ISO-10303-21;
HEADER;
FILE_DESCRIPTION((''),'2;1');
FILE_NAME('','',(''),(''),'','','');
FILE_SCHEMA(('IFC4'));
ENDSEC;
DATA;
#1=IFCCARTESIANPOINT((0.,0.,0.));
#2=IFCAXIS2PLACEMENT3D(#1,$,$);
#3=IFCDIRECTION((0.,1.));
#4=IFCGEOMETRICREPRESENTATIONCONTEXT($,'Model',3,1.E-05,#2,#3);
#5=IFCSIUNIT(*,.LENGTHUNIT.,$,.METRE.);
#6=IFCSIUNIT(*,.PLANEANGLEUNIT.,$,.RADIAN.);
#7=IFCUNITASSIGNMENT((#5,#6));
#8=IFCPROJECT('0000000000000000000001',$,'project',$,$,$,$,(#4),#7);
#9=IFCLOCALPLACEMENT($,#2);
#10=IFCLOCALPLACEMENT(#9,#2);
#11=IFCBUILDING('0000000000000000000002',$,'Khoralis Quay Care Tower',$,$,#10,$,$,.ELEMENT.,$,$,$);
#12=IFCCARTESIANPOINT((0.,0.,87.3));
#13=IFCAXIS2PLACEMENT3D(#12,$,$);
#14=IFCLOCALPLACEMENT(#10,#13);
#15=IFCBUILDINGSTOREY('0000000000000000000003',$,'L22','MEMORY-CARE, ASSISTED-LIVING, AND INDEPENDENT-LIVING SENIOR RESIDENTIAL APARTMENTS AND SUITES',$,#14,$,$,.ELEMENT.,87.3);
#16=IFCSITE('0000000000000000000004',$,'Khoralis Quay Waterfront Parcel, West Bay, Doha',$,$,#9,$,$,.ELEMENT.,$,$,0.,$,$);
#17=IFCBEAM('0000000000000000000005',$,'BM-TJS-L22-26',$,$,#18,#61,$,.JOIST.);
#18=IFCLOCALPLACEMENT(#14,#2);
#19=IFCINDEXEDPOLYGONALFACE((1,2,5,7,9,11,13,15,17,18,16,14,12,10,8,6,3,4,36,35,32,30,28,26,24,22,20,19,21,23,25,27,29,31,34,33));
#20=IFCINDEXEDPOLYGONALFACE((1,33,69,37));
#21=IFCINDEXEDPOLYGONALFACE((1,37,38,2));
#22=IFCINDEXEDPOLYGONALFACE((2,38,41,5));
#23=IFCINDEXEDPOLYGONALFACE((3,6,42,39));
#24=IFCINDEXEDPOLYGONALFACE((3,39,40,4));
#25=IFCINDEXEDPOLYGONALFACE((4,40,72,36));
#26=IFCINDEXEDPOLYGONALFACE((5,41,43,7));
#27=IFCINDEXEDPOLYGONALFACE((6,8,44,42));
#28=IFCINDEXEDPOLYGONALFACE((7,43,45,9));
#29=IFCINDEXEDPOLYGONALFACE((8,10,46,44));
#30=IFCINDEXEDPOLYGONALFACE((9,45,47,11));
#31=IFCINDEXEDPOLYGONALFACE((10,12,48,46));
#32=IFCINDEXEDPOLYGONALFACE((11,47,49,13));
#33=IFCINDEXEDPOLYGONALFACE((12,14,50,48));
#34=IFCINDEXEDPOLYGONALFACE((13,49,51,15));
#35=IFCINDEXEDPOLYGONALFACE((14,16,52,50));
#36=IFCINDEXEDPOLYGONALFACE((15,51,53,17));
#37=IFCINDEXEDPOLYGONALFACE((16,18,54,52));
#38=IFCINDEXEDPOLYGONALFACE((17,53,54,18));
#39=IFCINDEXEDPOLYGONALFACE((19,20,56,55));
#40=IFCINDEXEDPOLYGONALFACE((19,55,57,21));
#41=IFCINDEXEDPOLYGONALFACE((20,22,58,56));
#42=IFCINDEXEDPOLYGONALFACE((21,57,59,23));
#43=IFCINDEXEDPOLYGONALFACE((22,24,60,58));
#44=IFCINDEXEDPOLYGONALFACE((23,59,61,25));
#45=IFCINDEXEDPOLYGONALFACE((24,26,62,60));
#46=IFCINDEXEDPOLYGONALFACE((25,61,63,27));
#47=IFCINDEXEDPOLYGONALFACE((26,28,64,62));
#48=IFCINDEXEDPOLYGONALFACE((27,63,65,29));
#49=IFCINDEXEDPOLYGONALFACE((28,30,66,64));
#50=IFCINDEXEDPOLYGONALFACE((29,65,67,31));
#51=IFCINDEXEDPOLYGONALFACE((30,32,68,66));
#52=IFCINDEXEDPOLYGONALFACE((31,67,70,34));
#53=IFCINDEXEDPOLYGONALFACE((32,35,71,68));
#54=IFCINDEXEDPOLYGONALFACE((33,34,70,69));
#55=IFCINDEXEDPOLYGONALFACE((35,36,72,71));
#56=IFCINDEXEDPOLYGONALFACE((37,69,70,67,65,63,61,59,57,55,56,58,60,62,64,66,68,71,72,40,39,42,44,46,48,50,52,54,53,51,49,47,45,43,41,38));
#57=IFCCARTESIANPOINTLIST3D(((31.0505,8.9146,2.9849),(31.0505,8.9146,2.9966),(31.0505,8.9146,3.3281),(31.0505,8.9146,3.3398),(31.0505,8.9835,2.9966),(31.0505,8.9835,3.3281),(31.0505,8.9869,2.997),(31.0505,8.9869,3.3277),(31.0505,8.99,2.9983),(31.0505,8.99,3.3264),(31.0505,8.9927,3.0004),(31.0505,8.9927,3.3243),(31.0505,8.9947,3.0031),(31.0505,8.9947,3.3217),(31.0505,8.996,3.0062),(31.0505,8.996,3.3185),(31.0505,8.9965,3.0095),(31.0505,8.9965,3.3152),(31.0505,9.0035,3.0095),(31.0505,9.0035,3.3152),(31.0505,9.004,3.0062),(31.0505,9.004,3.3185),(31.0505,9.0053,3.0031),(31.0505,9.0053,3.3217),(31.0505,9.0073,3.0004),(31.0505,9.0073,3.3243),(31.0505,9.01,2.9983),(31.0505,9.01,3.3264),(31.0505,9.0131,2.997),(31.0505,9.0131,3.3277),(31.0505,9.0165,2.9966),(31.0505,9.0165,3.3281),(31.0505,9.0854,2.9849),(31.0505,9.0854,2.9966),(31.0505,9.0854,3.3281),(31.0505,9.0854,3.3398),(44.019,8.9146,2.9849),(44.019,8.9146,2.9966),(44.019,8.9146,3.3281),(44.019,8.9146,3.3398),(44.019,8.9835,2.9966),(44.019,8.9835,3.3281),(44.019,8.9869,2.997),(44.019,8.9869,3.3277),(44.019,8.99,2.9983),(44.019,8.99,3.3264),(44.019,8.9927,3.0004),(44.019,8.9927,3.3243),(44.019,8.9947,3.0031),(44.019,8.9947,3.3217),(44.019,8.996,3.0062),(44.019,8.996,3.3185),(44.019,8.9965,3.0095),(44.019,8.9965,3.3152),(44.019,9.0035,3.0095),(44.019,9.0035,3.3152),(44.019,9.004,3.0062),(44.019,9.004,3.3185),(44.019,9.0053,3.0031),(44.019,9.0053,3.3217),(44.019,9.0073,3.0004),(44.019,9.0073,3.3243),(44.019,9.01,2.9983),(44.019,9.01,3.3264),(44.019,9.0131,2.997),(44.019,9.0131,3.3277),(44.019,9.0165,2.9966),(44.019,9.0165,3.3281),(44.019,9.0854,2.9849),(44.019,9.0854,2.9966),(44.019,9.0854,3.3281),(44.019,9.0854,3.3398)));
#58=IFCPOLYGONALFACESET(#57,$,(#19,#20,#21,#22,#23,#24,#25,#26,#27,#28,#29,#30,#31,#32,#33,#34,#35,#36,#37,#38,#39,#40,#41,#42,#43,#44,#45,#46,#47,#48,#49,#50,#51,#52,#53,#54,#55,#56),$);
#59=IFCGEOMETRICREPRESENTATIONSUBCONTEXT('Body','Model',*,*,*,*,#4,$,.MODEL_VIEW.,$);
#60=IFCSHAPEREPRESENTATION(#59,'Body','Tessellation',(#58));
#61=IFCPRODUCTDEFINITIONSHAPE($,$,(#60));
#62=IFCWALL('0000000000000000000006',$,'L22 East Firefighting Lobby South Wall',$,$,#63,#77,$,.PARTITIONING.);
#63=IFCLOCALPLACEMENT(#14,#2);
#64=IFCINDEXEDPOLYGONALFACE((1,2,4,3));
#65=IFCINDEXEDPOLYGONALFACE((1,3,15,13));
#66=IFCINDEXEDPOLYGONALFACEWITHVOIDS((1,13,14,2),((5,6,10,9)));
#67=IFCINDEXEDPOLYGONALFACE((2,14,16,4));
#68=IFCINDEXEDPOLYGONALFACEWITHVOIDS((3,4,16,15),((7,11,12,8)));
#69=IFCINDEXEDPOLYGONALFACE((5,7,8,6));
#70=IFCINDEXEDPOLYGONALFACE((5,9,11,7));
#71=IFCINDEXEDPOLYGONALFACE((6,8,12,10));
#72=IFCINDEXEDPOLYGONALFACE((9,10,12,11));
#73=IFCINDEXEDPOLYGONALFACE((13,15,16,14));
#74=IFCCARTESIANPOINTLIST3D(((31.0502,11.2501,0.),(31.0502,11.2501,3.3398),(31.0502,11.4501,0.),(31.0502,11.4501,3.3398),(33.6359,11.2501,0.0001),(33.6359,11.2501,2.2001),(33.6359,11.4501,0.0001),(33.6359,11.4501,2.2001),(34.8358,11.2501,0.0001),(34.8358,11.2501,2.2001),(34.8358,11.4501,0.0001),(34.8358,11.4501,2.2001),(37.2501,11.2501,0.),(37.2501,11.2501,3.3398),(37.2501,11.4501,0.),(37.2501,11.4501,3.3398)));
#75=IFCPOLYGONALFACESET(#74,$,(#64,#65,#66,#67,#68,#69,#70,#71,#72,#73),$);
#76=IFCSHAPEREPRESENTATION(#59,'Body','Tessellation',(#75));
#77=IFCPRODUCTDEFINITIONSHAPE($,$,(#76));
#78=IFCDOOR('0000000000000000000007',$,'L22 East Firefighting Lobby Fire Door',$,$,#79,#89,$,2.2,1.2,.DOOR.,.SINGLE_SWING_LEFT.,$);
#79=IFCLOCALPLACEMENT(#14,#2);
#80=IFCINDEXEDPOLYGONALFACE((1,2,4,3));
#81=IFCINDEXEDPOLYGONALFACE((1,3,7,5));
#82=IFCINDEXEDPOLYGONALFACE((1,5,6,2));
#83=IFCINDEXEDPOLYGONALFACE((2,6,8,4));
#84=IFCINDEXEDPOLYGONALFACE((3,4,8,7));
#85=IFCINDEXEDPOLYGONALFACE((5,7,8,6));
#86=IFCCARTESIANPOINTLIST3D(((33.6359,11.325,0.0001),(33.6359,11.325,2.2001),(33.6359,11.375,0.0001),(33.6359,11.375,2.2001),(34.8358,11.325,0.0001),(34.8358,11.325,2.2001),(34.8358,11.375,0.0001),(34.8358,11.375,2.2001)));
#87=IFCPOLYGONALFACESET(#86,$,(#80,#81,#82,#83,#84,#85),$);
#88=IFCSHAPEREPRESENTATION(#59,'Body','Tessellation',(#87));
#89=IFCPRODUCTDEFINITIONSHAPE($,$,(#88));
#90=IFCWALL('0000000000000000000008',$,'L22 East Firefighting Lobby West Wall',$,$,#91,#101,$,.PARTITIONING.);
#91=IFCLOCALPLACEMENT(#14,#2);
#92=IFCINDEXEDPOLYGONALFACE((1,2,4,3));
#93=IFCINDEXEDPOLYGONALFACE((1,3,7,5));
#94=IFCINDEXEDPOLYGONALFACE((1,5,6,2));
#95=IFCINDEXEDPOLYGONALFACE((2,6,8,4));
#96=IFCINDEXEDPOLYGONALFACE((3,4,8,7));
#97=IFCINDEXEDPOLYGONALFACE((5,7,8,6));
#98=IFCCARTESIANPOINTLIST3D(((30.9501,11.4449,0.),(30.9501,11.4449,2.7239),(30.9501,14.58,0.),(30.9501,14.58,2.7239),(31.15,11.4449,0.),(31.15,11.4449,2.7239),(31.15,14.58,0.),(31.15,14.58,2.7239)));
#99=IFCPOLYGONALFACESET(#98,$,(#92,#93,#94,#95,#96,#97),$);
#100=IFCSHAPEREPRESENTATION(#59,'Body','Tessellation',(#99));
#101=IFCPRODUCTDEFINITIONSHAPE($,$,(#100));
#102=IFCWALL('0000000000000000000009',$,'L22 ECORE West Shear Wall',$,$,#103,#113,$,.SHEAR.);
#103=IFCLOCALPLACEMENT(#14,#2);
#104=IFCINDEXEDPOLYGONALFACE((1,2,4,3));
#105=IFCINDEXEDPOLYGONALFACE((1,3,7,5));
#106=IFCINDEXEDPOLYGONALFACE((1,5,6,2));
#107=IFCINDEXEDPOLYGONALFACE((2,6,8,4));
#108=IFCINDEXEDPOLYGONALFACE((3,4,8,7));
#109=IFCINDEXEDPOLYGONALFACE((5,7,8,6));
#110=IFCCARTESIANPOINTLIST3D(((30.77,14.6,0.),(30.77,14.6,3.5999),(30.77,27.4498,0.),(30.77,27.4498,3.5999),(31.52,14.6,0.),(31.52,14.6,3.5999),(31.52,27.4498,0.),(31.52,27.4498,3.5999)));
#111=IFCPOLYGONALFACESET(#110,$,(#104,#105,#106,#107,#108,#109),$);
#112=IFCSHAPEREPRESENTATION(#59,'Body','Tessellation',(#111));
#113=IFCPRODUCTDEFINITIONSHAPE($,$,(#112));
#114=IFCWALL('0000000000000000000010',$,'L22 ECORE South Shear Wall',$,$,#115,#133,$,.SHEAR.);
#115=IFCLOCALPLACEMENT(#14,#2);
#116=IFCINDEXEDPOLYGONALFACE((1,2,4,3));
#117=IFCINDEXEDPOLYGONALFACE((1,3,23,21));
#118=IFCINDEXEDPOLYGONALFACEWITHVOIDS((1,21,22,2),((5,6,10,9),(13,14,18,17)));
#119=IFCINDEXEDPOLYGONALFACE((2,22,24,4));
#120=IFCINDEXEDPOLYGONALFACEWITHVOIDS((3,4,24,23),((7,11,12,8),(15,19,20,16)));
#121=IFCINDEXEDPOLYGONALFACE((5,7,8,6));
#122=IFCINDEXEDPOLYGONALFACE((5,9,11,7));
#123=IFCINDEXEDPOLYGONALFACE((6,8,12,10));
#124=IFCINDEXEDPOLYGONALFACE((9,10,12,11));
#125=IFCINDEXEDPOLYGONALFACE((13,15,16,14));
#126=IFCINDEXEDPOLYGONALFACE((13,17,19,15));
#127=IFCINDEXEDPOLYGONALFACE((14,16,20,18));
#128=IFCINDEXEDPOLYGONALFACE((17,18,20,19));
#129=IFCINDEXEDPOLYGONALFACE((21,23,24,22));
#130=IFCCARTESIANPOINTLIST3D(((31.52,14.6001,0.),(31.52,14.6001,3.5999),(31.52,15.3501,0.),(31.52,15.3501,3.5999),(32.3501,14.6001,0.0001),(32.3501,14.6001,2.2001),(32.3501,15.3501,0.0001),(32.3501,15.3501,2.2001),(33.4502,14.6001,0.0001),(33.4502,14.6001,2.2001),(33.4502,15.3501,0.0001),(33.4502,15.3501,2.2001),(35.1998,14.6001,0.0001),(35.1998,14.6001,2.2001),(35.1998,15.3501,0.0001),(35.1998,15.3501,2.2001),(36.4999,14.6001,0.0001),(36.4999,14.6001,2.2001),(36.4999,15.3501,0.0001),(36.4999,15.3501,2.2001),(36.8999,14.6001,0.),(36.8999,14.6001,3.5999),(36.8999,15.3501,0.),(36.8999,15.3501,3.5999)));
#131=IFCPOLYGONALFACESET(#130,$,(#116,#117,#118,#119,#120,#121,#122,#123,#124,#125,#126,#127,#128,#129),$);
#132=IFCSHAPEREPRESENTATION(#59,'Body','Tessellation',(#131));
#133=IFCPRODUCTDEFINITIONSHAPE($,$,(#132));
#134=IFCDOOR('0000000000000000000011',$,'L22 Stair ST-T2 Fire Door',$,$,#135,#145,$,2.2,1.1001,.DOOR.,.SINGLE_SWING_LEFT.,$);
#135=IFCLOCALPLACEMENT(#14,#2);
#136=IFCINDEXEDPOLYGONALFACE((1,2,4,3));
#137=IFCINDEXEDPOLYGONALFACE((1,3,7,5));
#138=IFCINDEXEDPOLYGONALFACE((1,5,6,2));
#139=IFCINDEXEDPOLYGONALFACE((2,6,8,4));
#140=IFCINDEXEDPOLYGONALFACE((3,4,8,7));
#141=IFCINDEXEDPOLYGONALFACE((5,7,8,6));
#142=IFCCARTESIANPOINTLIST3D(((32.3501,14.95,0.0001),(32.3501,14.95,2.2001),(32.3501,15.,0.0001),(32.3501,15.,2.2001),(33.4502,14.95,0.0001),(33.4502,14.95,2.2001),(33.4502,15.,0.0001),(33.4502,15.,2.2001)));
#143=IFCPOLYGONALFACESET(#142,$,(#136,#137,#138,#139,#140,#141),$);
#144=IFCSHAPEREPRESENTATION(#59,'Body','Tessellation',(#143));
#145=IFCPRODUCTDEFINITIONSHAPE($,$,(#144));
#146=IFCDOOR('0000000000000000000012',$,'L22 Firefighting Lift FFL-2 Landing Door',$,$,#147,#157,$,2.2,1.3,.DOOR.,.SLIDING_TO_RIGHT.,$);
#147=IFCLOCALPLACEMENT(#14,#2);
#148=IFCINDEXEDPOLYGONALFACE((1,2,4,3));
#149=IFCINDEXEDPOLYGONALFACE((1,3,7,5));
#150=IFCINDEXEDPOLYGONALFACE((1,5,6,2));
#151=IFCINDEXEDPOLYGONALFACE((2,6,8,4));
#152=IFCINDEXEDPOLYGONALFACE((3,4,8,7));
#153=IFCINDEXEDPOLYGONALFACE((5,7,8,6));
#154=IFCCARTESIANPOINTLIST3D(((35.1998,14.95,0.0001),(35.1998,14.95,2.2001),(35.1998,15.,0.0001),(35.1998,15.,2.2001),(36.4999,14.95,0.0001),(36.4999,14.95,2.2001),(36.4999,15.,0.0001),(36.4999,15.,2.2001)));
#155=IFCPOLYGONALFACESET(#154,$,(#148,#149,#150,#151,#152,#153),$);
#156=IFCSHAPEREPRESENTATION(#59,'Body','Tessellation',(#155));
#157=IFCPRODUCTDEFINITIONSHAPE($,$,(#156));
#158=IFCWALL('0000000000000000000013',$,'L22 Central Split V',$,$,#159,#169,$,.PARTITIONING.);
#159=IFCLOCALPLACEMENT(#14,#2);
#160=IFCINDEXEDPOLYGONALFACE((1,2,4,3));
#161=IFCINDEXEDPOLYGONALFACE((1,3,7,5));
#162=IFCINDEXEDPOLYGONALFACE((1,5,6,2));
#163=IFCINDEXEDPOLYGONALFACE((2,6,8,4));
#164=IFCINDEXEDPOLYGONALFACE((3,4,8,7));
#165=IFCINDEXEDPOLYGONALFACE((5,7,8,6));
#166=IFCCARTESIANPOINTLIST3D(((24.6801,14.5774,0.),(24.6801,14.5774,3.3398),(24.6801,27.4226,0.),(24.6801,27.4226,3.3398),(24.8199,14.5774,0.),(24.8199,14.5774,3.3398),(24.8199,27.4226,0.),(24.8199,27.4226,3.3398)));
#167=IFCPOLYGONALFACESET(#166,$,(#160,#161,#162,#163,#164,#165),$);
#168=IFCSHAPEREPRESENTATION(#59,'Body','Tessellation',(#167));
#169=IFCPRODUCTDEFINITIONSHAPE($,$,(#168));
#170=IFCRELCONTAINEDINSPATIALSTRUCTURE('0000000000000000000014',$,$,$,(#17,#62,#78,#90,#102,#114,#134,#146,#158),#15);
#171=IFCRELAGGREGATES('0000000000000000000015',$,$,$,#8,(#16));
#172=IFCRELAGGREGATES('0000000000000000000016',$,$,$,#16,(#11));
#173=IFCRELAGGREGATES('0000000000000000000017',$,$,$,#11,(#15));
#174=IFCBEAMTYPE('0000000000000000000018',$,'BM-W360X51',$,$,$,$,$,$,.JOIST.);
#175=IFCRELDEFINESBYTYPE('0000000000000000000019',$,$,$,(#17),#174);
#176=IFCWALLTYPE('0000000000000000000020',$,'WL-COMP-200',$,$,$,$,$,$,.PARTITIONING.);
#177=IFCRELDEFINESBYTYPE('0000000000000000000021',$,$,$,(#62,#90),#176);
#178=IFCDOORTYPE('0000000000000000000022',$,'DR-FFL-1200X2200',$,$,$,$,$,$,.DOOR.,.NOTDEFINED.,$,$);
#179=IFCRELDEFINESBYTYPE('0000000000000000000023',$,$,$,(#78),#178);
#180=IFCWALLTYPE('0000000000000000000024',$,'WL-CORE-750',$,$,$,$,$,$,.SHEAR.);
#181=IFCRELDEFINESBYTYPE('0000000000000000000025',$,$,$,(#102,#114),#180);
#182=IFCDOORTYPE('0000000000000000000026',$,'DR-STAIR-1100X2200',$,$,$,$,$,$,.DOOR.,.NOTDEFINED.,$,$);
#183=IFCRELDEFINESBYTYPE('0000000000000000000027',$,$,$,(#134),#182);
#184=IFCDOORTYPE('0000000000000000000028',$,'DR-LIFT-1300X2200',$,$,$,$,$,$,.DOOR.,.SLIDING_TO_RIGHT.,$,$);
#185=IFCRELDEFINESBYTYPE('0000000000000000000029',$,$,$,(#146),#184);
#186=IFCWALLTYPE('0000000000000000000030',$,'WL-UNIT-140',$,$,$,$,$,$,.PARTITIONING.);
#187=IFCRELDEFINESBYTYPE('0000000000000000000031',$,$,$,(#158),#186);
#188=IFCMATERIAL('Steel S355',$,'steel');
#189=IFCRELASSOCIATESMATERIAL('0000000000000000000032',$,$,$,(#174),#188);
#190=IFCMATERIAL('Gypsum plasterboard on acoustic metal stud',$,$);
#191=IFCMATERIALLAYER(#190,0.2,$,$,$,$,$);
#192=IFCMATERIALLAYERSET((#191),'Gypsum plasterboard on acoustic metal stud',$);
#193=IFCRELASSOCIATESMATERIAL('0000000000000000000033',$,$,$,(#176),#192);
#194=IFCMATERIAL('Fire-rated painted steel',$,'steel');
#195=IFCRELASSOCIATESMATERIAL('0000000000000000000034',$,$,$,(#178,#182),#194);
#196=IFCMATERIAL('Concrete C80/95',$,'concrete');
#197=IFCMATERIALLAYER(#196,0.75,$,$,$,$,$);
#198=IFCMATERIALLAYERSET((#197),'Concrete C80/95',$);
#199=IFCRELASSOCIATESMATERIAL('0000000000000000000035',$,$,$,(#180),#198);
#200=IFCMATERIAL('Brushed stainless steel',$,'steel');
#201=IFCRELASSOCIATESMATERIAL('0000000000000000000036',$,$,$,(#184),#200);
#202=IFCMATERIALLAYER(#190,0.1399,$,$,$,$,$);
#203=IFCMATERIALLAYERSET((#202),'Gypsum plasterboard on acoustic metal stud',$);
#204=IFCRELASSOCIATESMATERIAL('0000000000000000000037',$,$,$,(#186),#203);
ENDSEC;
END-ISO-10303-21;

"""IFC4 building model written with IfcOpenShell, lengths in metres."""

from ifc_helpers import new_model, si_unit, direction, frame, frame_2d, origin, origin_2d, place, context, subcontext, project, spatial, rectangle, i_section, extrude, source, transform, mapped, material, layer, layer_set, material_profile, profile_set, type_object, element, fill, save


model = new_model("IFC4")

# Units and contexts
model_context = context("Model", 3, precision=1e-05, world=origin(), true_north=direction((0.0, 1.0)))
body_context = subcontext(model_context, "Body", "Model", "MODEL_VIEW")
ifc_project = project(units=[si_unit("LENGTHUNIT", "METRE"), si_unit("PLANEANGLEUNIT", "RADIAN")], contexts=[model_context])

# Site, building, storey
site_placement = place(None, origin())
site = spatial("IfcSite", under=ifc_project, at=site_placement, Name="Khoralis Quay Waterfront Parcel, West Bay, Doha", CompositionType="ELEMENT", RefElevation=0.0)
building_placement = place(site_placement, origin())
building = spatial("IfcBuilding", under=site, at=building_placement, Name="Khoralis Quay Care Tower", CompositionType="ELEMENT")
storey_placement = place(building_placement, frame((0.0, 0.0, 87.3)))
storey = spatial("IfcBuildingStorey", under=building, at=storey_placement, Name="L22", Description="MEMORY-CARE, ASSISTED-LIVING, AND INDEPENDENT-LIVING SENIOR RESIDENTIAL APARTMENTS AND SUITES", CompositionType="ELEMENT", Elevation=87.3)

# Beam
ifc_material_1 = material(Name="Steel S355", Category="steel")
ifc_material_profile_1 = material_profile(ifc_material_1, i_section(OverallWidth=0.1709, OverallDepth=0.355, WebThickness=0.0071, FlangeThickness=0.0117, FilletRadius=0.0129, at=origin_2d()), Name="Steel S355")
ifc_profile_set_1 = profile_set([ifc_material_profile_1], Name="Steel S355")
beam_type_1 = type_object("IfcBeamType", Name="BM-W360X51", PredefinedType="JOIST", material=ifc_profile_set_1)
shared_shape_1 = source(origin(), body_context, "Body", "SweptSolid", [
    extrude(i_section(OverallWidth=0.1709, OverallDepth=0.355, WebThickness=0.0071, FlangeThickness=0.0117, FilletRadius=0.0129, at=origin_2d()), origin(), (0.0, 0.0, 1.0), 12.9685),
])
beam_1_placement = place(storey_placement, frame((31.0505, 9.0, 3.1624), z_axis=(1.0, 0.0, 0.0), x_axis=(0.0, 1.0, 0.0)))
element("IfcBeam", 1, at=beam_1_placement, inside=storey, type_object=beam_type_1, Name="BM-TJS-L22-26", PredefinedType="JOIST", context=body_context, shape_type="MappedRepresentation", body=[
    mapped(shared_shape_1, transform((0.0, 0.0, 0.0), scale=1.0)),
])

# Wall, opening, door
ifc_material_2 = material(Name="Gypsum plasterboard on acoustic metal stud")
ifc_layer_1 = layer(ifc_material_2, 0.2)
ifc_layer_set_1 = layer_set([ifc_layer_1], Name="Gypsum plasterboard on acoustic metal stud")
wall_type_1 = type_object("IfcWallType", Name="WL-COMP-200", PredefinedType="PARTITIONING", material=ifc_layer_set_1)
wall_1_placement = place(storey_placement, frame((31.05, 11.3501, 0.0), z_axis=(0.0, 0.0, 1.0), x_axis=(1.0, 0.0, 0.0)))
wall_1 = element("IfcWall", 2, at=wall_1_placement, inside=storey, type_object=wall_type_1, Name="L22 East Firefighting Lobby South Wall", PredefinedType="PARTITIONING", context=body_context, shape_type="SweptSolid", body=[
    extrude(rectangle(XDim=6.2, YDim=0.2, at=frame_2d((3.1001, 0.0))), origin(), (0.0, 0.0, 1.0), 3.3398),
])
opening_1_placement = place(wall_1_placement, frame((2.5857, 0.0, 0.0)))
opening_1 = element("IfcOpeningElement", 3, at=opening_1_placement, cuts=wall_1, PredefinedType="OPENING", context=body_context, shape_type="SweptSolid", body=[
    extrude(rectangle(XDim=1.2, YDim=2.2, at=frame_2d((0.6001, 1.1001))), frame((0.0, 0.1099, 0.0), z_axis=(0.0, -1.0, 0.0), x_axis=(1.0, 0.0, 0.0)), (0.0, 0.0, 1.0), 0.22),
])
ifc_material_3 = material(Name="Fire-rated painted steel", Category="steel")
door_type_1 = type_object("IfcDoorType", Name="DR-FFL-1200X2200", OperationType="NOTDEFINED", PredefinedType="DOOR", material=ifc_material_3)
shared_shape_2 = source(origin(), body_context, "Body", "SweptSolid", [
    extrude(rectangle(XDim=1.2, YDim=2.2, at=frame_2d((0.6001, 1.1001))), frame((0.0, 0.0249, 0.0), z_axis=(0.0, -1.0, 0.0), x_axis=(1.0, 0.0, 0.0)), (0.0, 0.0, 1.0), 0.05),
])
door_1_placement = place(opening_1_placement, origin())
door_1 = element("IfcDoor", 4, at=door_1_placement, inside=storey, type_object=door_type_1, Name="L22 East Firefighting Lobby Fire Door", OperationType="SINGLE_SWING_LEFT", OverallHeight=2.2, OverallWidth=1.2, PredefinedType="DOOR", context=body_context, shape_type="MappedRepresentation", body=[
    mapped(shared_shape_2, transform((0.0, 0.0, 0.0), scale=1.0)),
])
fill(opening_1, door_1)

# Walls
wall_2_placement = place(storey_placement, frame((31.05, 11.4451, 0.0), z_axis=(0.0, 0.0, 1.0), x_axis=(0.0, 1.0, 0.0)))
element("IfcWall", 5, at=wall_2_placement, inside=storey, type_object=wall_type_1, Name="L22 East Firefighting Lobby West Wall", PredefinedType="PARTITIONING", context=body_context, shape_type="SweptSolid", body=[
    extrude(rectangle(XDim=3.135, YDim=0.2, at=frame_2d((1.5674, 0.0))), origin(), (0.0, 0.0, 1.0), 2.7239),
])
ifc_material_4 = material(Name="Concrete C80/95", Category="concrete")
ifc_layer_2 = layer(ifc_material_4, 0.75)
ifc_layer_set_2 = layer_set([ifc_layer_2], Name="Concrete C80/95")
wall_type_2 = type_object("IfcWallType", Name="WL-CORE-750", PredefinedType="SHEAR", material=ifc_layer_set_2)
wall_3_placement = place(storey_placement, frame((31.145, 14.6001, 0.0), z_axis=(0.0, 0.0, 1.0), x_axis=(0.0, 1.0, 0.0)))
element("IfcWall", 6, at=wall_3_placement, inside=storey, type_object=wall_type_2, Name="L22 ECORE West Shear Wall", PredefinedType="SHEAR", context=body_context, shape_type="SweptSolid", body=[
    extrude(rectangle(XDim=12.8499, YDim=0.75, at=frame_2d((6.4248, 0.0))), origin(), (0.0, 0.0, 1.0), 3.5999),
])

# Wall, openings, doors
wall_4_placement = place(storey_placement, frame((31.52, 14.9751, 0.0), z_axis=(0.0, 0.0, 1.0), x_axis=(1.0, 0.0, 0.0)))
wall_4 = element("IfcWall", 7, at=wall_4_placement, inside=storey, type_object=wall_type_2, Name="L22 ECORE South Shear Wall", PredefinedType="SHEAR", context=body_context, shape_type="SweptSolid", body=[
    extrude(rectangle(XDim=5.3799, YDim=0.75, at=frame_2d((2.6899, 0.0))), origin(), (0.0, 0.0, 1.0), 3.5999),
])
opening_2_placement = place(wall_4_placement, frame((0.8301, 0.0, 0.0)))
opening_2 = element("IfcOpeningElement", 8, at=opening_2_placement, cuts=wall_4, PredefinedType="OPENING", context=body_context, shape_type="SweptSolid", body=[
    extrude(rectangle(XDim=1.1001, YDim=2.2, at=frame_2d((0.55, 1.1001))), frame((0.0, 0.385, 0.0), z_axis=(0.0, -1.0, 0.0), x_axis=(1.0, 0.0, 0.0)), (0.0, 0.0, 1.0), 0.77),
])
opening_3_placement = place(wall_4_placement, frame((3.6799, 0.0, 0.0)))
opening_3 = element("IfcOpeningElement", 9, at=opening_3_placement, cuts=wall_4, PredefinedType="OPENING", context=body_context, shape_type="SweptSolid", body=[
    extrude(rectangle(XDim=1.3, YDim=2.2, at=frame_2d((0.6499, 1.1001))), frame((0.0, 0.385, 0.0), z_axis=(0.0, -1.0, 0.0), x_axis=(1.0, 0.0, 0.0)), (0.0, 0.0, 1.0), 0.77),
])
door_type_2 = type_object("IfcDoorType", Name="DR-STAIR-1100X2200", OperationType="NOTDEFINED", PredefinedType="DOOR", material=ifc_material_3)
shared_shape_3 = source(origin(), body_context, "Body", "SweptSolid", [
    extrude(rectangle(XDim=1.1001, YDim=2.2, at=frame_2d((0.55, 1.1001))), frame((0.0, 0.0249, 0.0), z_axis=(0.0, -1.0, 0.0), x_axis=(1.0, 0.0, 0.0)), (0.0, 0.0, 1.0), 0.05),
])
door_2_placement = place(opening_2_placement, origin())
door_2 = element("IfcDoor", 10, at=door_2_placement, inside=storey, type_object=door_type_2, Name="L22 Stair ST-T2 Fire Door", OperationType="SINGLE_SWING_LEFT", OverallHeight=2.2, OverallWidth=1.1001, PredefinedType="DOOR", context=body_context, shape_type="MappedRepresentation", body=[
    mapped(shared_shape_3, transform((0.0, 0.0, 0.0), scale=1.0)),
])
fill(opening_2, door_2)
ifc_material_5 = material(Name="Brushed stainless steel", Category="steel")
door_type_3 = type_object("IfcDoorType", Name="DR-LIFT-1300X2200", OperationType="SLIDING_TO_RIGHT", PredefinedType="DOOR", material=ifc_material_5)
shared_shape_4 = source(origin(), body_context, "Body", "SweptSolid", [
    extrude(rectangle(XDim=1.3, YDim=2.2, at=frame_2d((0.6499, 1.1001))), frame((0.0, 0.0249, 0.0), z_axis=(0.0, -1.0, 0.0), x_axis=(1.0, 0.0, 0.0)), (0.0, 0.0, 1.0), 0.05),
])
door_3_placement = place(opening_3_placement, origin())
door_3 = element("IfcDoor", 11, at=door_3_placement, inside=storey, type_object=door_type_3, Name="L22 Firefighting Lift FFL-2 Landing Door", OperationType="SLIDING_TO_RIGHT", OverallHeight=2.2, OverallWidth=1.3, PredefinedType="DOOR", context=body_context, shape_type="MappedRepresentation", body=[
    mapped(shared_shape_4, transform((0.0, 0.0, 0.0), scale=1.0)),
])
fill(opening_3, door_3)

# Wall
ifc_layer_3 = layer(ifc_material_2, 0.1399)
ifc_layer_set_3 = layer_set([ifc_layer_3], Name="Gypsum plasterboard on acoustic metal stud")
wall_type_3 = type_object("IfcWallType", Name="WL-UNIT-140", PredefinedType="PARTITIONING", material=ifc_layer_set_3)
wall_5_placement = place(storey_placement, frame((24.75, 14.5774, 0.0), z_axis=(0.0, 0.0, 1.0), x_axis=(0.0, 1.0, 0.0)))
element("IfcWall", 12, at=wall_5_placement, inside=storey, type_object=wall_type_3, Name="L22 Central Split V", PredefinedType="PARTITIONING", context=body_context, shape_type="SweptSolid", body=[
    extrude(rectangle(XDim=12.8452, YDim=0.1399, at=frame_2d((6.4226, 0.0))), origin(), (0.0, 0.0, 1.0), 3.3398),
])

save(model, "model.ifc")
